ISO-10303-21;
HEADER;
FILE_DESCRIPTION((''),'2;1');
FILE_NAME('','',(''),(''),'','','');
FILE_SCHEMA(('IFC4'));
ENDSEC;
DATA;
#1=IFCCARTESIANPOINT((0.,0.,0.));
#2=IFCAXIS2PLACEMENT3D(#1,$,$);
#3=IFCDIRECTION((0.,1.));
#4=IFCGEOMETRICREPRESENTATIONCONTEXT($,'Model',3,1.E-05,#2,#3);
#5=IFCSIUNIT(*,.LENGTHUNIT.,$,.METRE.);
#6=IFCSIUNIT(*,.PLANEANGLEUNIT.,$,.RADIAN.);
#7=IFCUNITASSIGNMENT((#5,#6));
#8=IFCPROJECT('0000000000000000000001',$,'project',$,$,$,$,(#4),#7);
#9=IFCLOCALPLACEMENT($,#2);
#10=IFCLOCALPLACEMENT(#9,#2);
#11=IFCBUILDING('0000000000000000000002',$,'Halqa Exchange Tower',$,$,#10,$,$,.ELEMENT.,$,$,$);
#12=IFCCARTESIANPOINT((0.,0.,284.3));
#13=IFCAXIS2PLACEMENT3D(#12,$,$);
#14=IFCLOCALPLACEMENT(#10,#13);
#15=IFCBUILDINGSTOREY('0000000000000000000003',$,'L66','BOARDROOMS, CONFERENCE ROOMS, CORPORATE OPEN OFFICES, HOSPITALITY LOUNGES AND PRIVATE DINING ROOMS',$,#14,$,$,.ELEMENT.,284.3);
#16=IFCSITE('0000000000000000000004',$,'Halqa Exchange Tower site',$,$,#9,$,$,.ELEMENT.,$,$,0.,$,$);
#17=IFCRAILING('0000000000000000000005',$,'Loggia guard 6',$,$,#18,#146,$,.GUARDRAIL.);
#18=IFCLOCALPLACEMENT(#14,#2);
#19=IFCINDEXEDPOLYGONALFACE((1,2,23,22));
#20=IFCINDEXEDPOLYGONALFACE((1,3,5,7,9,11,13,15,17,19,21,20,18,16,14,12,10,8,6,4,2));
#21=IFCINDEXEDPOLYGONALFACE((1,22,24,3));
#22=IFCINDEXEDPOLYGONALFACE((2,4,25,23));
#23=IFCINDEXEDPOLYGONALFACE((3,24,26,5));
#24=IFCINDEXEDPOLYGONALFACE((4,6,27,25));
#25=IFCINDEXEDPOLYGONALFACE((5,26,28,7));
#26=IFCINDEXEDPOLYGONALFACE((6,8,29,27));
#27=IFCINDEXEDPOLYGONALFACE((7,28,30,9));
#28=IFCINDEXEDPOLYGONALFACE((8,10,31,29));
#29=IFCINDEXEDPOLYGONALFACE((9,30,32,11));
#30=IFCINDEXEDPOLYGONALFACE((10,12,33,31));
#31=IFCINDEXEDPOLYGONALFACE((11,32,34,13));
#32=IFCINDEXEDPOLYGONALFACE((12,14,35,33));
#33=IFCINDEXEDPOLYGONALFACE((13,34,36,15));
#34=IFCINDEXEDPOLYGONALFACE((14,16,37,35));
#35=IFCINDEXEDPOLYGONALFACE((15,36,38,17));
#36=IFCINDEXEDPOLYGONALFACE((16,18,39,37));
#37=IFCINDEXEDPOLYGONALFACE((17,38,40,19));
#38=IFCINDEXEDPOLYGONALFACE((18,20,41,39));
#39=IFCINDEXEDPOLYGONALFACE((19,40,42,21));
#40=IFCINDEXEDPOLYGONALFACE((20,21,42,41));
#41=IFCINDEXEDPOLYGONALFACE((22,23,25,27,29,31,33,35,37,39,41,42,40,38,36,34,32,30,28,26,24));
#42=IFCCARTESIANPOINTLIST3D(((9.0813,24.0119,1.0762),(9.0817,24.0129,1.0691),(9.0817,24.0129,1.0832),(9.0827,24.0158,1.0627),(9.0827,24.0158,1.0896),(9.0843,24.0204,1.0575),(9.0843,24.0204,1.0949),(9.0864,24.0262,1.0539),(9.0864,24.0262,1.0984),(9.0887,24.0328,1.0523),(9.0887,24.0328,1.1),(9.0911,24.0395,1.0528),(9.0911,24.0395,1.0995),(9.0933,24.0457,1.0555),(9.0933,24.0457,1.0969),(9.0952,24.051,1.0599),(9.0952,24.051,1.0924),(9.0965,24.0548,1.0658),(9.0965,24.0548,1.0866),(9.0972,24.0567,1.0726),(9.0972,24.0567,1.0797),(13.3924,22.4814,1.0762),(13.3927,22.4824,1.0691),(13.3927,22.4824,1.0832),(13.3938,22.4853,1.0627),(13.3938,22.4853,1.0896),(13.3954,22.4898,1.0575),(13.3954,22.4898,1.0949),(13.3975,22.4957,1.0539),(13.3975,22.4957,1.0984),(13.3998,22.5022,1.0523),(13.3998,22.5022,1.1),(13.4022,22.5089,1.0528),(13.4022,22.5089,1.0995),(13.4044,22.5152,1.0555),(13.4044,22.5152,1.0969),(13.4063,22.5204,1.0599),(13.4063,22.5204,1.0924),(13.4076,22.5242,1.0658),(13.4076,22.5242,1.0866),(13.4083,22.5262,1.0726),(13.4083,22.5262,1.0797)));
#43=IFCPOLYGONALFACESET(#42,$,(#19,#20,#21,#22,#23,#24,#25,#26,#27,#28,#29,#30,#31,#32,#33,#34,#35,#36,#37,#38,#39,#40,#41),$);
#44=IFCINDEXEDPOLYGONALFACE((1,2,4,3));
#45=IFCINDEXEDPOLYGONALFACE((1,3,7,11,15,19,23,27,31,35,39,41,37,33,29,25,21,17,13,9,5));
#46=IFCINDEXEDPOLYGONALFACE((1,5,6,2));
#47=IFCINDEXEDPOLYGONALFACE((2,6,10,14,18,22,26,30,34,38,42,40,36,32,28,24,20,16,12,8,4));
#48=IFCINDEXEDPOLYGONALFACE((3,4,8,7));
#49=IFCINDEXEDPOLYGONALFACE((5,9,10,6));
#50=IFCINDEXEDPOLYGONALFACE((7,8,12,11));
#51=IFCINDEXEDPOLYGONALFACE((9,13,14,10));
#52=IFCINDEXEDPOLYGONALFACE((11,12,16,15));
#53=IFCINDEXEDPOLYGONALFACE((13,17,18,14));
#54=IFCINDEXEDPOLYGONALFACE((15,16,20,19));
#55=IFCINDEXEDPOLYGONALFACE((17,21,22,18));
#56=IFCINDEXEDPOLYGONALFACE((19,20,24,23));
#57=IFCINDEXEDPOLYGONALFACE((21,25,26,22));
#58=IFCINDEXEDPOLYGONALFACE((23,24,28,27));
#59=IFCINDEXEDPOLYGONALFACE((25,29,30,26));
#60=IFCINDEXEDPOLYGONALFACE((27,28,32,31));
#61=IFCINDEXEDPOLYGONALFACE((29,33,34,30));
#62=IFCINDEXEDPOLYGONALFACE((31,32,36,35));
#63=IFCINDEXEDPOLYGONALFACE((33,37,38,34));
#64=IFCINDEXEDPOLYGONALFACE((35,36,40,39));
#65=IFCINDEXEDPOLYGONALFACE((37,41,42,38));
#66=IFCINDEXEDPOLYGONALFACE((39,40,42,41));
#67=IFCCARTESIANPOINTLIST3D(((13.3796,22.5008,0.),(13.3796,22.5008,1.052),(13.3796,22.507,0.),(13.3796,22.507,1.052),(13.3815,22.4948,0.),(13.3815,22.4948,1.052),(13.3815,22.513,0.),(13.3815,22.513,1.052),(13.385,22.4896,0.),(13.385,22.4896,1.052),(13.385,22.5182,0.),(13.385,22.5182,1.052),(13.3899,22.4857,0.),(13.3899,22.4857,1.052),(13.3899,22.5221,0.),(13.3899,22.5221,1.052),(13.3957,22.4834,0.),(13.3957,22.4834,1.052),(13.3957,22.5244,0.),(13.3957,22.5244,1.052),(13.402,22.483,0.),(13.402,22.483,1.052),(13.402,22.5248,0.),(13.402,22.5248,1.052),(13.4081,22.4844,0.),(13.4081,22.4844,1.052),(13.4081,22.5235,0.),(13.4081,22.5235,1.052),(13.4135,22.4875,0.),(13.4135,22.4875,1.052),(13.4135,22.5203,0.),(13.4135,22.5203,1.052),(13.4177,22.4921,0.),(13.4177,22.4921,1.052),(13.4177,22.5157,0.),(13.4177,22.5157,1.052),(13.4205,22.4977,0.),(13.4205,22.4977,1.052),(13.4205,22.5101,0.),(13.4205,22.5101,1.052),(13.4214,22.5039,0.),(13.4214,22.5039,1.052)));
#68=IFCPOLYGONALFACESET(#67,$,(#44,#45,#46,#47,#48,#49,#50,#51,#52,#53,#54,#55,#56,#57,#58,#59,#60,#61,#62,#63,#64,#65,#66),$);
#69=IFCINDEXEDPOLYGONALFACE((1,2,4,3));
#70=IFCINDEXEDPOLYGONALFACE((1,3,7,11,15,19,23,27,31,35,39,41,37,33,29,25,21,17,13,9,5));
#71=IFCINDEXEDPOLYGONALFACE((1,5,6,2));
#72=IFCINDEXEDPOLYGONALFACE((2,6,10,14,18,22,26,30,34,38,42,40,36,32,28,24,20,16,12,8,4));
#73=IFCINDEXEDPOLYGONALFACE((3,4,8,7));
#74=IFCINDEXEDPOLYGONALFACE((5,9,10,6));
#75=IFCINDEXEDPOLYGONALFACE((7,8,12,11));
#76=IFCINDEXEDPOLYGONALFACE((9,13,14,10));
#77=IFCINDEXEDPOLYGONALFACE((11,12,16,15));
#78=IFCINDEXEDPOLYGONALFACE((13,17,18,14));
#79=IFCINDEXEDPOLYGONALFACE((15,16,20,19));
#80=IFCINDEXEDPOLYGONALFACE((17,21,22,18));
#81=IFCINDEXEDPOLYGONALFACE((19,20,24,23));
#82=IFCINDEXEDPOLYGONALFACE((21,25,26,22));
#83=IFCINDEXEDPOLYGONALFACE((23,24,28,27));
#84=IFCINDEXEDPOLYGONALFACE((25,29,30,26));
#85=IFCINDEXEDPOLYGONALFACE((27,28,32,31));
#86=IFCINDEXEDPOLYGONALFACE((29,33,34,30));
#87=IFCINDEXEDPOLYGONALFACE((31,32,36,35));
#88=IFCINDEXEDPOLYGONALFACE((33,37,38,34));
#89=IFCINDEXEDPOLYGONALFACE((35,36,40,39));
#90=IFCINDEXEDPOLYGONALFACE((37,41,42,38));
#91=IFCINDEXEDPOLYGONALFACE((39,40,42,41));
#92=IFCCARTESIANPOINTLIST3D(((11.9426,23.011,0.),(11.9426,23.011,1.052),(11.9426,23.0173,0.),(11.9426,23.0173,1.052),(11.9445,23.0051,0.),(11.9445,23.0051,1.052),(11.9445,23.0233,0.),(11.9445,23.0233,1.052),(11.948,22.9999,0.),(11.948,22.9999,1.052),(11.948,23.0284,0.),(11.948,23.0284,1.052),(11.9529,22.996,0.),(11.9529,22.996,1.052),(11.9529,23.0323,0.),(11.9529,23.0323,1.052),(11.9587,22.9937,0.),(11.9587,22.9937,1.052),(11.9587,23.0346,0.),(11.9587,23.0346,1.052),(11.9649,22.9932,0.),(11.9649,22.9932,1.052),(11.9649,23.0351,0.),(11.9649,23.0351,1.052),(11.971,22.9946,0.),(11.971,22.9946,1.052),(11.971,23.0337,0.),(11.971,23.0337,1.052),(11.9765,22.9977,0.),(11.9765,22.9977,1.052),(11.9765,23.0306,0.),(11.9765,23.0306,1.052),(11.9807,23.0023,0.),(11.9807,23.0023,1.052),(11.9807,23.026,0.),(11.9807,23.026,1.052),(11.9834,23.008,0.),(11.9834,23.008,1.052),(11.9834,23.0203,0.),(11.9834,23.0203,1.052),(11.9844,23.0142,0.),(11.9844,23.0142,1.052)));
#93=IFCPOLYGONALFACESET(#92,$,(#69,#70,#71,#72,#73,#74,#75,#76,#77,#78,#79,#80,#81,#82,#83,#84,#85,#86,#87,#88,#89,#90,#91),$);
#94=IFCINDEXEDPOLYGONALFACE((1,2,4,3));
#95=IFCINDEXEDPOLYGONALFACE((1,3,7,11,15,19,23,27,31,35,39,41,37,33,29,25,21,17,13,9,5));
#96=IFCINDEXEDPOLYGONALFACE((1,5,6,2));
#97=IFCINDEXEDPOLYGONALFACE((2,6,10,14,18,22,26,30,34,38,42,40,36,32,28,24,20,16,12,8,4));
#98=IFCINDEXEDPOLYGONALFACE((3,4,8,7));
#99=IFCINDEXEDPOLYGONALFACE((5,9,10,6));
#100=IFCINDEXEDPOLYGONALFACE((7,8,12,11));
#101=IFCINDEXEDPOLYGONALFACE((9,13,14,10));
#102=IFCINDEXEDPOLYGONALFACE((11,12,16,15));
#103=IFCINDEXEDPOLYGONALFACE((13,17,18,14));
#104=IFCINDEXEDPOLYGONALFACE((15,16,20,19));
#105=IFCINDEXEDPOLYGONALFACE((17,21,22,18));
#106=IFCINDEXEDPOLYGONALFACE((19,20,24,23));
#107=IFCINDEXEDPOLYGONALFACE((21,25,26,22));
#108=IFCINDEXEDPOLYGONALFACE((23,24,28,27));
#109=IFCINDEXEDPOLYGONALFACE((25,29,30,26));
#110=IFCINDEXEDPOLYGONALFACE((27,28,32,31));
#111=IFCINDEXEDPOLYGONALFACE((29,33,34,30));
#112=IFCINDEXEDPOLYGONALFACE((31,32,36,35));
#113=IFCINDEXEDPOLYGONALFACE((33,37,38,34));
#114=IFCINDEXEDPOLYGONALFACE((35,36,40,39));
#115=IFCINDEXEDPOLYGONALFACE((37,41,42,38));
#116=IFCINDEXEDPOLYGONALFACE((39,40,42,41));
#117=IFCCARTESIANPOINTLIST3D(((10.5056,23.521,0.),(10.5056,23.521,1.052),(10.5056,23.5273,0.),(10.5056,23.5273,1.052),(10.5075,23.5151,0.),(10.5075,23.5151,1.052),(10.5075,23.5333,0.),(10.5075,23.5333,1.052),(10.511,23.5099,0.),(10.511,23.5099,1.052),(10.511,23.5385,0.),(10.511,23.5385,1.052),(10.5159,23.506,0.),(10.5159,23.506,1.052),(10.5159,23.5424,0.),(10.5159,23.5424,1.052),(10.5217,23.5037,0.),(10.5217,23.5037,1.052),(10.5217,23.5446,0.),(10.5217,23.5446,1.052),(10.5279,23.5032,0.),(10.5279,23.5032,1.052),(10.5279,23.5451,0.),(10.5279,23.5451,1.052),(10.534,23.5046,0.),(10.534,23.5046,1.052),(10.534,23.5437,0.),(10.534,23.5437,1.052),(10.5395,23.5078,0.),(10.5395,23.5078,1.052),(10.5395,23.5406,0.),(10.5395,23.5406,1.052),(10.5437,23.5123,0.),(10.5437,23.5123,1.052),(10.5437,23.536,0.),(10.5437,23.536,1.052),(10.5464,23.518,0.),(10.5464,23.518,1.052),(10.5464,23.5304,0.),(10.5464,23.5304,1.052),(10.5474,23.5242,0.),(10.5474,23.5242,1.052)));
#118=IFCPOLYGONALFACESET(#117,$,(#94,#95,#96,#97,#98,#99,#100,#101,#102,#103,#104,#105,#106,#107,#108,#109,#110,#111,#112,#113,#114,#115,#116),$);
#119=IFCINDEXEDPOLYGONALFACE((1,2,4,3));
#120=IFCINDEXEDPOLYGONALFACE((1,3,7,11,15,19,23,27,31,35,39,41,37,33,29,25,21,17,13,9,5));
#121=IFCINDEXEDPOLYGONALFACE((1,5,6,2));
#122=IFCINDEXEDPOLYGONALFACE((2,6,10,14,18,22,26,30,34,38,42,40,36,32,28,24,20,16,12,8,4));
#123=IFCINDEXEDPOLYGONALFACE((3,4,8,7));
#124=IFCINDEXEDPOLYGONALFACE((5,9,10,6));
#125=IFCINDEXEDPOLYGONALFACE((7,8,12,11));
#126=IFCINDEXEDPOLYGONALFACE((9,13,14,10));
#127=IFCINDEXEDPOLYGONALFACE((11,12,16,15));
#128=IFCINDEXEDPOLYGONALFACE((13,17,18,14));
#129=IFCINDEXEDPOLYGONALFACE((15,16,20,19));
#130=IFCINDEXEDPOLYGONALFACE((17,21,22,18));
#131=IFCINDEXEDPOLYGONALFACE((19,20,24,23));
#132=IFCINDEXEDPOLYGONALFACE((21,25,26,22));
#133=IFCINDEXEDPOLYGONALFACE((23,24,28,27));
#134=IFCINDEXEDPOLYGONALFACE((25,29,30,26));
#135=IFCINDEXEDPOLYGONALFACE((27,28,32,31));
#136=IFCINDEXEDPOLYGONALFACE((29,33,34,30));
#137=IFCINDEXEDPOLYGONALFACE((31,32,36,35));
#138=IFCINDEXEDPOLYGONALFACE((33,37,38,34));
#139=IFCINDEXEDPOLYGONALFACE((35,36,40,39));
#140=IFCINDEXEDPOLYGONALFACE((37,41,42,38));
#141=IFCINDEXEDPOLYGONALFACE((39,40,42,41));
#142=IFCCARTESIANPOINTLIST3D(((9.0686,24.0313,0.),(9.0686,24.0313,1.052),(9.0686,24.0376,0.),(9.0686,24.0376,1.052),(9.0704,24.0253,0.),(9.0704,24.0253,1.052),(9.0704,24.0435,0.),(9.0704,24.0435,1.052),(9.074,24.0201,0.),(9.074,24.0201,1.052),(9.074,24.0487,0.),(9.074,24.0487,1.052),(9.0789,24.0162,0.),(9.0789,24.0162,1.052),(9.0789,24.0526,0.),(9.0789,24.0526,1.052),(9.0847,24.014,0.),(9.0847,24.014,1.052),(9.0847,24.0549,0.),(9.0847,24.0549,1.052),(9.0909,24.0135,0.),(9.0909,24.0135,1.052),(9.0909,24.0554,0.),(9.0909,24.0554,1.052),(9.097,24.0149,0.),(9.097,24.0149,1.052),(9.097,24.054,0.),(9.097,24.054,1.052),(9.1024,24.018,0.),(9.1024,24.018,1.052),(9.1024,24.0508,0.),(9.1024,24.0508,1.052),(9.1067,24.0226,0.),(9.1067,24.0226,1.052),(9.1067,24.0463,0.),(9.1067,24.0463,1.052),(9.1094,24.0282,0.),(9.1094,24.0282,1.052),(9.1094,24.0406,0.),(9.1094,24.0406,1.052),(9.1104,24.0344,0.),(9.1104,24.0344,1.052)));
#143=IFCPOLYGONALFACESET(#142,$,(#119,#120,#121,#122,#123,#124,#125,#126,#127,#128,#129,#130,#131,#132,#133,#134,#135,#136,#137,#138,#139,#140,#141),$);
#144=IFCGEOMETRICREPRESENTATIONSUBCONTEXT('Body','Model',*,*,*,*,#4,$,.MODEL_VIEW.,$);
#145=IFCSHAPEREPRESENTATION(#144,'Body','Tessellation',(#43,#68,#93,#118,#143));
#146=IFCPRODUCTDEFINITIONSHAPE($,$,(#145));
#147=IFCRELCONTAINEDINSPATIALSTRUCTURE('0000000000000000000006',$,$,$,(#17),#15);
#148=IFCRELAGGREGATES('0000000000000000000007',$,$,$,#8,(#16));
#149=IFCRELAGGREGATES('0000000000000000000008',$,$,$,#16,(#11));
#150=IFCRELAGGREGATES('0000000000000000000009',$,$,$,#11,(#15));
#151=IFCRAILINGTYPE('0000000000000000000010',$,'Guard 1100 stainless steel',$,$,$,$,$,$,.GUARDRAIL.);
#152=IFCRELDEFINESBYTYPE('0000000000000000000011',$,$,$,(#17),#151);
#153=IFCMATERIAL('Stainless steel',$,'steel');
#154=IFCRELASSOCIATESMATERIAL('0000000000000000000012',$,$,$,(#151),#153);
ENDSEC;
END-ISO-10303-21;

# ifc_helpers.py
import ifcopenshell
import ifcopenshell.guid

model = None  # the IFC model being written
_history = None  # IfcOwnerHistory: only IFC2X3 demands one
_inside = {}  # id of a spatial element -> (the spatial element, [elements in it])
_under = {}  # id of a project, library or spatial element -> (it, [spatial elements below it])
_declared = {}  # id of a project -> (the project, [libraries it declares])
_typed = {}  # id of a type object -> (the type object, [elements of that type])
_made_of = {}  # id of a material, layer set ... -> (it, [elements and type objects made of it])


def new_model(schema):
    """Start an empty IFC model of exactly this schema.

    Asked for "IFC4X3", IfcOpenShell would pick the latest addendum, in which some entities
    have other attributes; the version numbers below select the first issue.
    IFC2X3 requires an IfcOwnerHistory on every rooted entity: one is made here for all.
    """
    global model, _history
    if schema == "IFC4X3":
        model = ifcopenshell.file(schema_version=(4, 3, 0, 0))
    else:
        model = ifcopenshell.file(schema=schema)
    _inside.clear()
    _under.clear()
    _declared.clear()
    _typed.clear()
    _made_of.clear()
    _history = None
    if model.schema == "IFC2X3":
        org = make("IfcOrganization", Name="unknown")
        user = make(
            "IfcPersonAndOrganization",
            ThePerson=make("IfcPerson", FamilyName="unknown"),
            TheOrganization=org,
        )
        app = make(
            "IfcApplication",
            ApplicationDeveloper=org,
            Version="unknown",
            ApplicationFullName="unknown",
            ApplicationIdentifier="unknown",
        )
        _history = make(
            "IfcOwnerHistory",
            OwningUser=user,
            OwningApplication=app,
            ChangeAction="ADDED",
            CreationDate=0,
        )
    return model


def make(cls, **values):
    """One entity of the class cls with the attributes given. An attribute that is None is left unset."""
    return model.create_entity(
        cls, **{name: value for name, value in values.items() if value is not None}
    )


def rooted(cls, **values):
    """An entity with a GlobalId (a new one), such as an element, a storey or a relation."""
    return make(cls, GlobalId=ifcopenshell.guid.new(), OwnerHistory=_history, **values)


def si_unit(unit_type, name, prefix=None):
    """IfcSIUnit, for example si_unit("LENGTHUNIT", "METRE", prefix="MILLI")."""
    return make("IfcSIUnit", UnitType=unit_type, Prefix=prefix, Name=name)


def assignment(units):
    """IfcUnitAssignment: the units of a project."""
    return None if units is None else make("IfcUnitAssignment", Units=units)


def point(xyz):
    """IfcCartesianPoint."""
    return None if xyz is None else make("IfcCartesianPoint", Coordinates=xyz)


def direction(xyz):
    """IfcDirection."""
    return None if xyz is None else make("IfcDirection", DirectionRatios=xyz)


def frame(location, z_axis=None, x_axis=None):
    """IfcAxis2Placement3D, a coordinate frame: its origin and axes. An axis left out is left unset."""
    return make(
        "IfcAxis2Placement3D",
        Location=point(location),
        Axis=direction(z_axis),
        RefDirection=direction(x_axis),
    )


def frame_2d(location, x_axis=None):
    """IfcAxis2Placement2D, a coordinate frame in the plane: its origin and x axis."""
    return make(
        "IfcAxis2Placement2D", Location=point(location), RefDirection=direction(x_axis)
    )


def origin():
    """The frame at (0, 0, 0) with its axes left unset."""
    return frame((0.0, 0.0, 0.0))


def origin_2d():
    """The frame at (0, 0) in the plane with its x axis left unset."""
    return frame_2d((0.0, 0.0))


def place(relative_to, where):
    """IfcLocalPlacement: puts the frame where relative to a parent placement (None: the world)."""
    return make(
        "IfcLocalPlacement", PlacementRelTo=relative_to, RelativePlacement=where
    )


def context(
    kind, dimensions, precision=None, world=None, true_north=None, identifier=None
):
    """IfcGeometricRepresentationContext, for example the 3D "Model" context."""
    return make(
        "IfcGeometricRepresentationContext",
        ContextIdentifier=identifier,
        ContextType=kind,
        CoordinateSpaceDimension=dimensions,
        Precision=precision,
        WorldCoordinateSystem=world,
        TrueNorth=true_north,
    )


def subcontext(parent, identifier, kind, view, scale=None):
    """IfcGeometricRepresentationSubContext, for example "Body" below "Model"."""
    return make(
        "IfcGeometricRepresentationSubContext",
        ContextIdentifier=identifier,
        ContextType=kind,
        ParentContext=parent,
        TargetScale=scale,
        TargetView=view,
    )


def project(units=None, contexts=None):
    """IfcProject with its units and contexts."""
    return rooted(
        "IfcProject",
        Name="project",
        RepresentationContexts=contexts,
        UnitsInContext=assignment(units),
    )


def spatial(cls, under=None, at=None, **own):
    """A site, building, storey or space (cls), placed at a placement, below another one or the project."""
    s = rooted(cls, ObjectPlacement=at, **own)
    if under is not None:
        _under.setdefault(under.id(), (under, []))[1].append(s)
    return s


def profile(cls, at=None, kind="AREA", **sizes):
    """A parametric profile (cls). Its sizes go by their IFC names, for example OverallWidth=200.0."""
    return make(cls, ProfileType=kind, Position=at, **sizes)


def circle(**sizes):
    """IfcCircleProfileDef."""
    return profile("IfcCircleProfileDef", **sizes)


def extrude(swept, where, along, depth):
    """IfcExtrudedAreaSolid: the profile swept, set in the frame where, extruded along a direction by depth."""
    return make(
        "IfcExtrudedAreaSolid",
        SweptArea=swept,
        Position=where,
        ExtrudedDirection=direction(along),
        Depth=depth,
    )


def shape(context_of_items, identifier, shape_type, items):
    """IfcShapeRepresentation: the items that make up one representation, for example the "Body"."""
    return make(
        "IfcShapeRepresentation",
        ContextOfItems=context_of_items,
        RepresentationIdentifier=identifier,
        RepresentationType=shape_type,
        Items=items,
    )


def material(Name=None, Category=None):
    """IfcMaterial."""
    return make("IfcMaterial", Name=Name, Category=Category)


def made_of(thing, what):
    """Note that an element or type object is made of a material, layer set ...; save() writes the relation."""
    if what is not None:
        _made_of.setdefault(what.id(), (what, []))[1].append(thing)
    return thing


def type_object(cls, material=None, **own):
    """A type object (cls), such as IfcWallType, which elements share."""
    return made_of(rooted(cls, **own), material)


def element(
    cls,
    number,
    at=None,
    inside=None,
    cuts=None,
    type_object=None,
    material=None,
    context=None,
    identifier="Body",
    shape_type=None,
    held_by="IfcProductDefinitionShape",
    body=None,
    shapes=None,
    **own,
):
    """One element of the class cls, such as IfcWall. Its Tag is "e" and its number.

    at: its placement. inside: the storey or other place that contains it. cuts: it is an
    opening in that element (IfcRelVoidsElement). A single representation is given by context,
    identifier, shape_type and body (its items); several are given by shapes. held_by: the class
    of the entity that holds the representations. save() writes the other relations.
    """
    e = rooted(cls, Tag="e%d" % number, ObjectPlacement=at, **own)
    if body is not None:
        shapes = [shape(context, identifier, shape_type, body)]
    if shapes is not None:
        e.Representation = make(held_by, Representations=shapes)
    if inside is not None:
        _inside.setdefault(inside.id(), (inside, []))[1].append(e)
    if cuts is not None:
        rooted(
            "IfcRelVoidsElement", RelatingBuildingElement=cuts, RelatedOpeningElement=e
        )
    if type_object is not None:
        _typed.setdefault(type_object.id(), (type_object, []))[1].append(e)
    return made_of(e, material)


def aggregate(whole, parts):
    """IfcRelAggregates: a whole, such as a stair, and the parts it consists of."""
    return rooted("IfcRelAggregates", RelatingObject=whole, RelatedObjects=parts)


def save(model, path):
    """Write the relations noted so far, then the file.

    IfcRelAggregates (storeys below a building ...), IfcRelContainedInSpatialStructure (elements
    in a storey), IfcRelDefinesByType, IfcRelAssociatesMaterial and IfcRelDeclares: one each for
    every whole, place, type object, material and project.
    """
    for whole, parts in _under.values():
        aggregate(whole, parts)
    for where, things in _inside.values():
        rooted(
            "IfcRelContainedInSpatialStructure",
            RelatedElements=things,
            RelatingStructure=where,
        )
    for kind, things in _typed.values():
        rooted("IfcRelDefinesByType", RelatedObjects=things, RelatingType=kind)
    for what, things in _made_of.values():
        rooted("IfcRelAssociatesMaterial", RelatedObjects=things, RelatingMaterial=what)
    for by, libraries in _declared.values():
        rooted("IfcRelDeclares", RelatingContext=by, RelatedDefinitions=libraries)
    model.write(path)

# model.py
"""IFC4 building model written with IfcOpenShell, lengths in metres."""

from ifc_helpers import new_model, si_unit, direction, frame, origin, origin_2d, place, context, subcontext, project, spatial, circle, extrude, material, type_object, element, save


model = new_model("IFC4")

# Units and contexts
model_context = context("Model", 3, precision=1e-05, world=origin(), true_north=direction((0.0, 1.0)))
body_context = subcontext(model_context, "Body", "Model", "MODEL_VIEW")
ifc_project = project(units=[si_unit("LENGTHUNIT", "METRE"), si_unit("PLANEANGLEUNIT", "RADIAN")], contexts=[model_context])

# Site, building, storey
site_placement = place(None, origin())
site = spatial("IfcSite", under=ifc_project, at=site_placement, Name="Halqa Exchange Tower site", CompositionType="ELEMENT", RefElevation=0.0)
building_placement = place(site_placement, origin())
building = spatial("IfcBuilding", under=site, at=building_placement, Name="Halqa Exchange Tower", CompositionType="ELEMENT")
storey_placement = place(building_placement, frame((0.0, 0.0, 284.3)))
storey = spatial("IfcBuildingStorey", under=building, at=storey_placement, Name="L66", Description="BOARDROOMS, CONFERENCE ROOMS, CORPORATE OPEN OFFICES, HOSPITALITY LOUNGES AND PRIVATE DINING ROOMS", CompositionType="ELEMENT", Elevation=284.3)

# Railing
ifc_material_1 = material(Name="Stainless steel", Category="steel")
railing_type = type_object("IfcRailingType", Name="Guard 1100 stainless steel", PredefinedType="GUARDRAIL", material=ifc_material_1)
railing_1_placement = place(storey_placement, frame((13.4004, 22.5039, 0.0)))
element("IfcRailing", 1, at=railing_1_placement, inside=storey, type_object=railing_type, Name="Loggia guard 6", PredefinedType="GUARDRAIL", context=body_context, shape_type="SweptSolid", body=[
    extrude(circle(Radius=0.0239, at=origin_2d()), frame((0.0, 0.0, 1.0762), z_axis=(-0.942373, 0.334564, 0.0), x_axis=(-0.334564, -0.942373, 0.0)), (0.0, 0.0, 1.0), 4.5747),
    extrude(circle(Radius=0.021, at=origin_2d()), origin(), (0.0, 0.0, 1.0), 1.052),
    extrude(circle(Radius=0.021, at=origin_2d()), frame((-1.437, 0.5103, 0.0)), (0.0, 0.0, 1.0), 1.052),
    extrude(circle(Radius=0.021, at=origin_2d()), frame((-2.874, 1.0203, 0.0)), (0.0, 0.0, 1.0), 1.052),
    extrude(circle(Radius=0.021, at=origin_2d()), frame((-4.311, 1.5305, 0.0)), (0.0, 0.0, 1.0), 1.052),
])

save(model, "model.ifc")
